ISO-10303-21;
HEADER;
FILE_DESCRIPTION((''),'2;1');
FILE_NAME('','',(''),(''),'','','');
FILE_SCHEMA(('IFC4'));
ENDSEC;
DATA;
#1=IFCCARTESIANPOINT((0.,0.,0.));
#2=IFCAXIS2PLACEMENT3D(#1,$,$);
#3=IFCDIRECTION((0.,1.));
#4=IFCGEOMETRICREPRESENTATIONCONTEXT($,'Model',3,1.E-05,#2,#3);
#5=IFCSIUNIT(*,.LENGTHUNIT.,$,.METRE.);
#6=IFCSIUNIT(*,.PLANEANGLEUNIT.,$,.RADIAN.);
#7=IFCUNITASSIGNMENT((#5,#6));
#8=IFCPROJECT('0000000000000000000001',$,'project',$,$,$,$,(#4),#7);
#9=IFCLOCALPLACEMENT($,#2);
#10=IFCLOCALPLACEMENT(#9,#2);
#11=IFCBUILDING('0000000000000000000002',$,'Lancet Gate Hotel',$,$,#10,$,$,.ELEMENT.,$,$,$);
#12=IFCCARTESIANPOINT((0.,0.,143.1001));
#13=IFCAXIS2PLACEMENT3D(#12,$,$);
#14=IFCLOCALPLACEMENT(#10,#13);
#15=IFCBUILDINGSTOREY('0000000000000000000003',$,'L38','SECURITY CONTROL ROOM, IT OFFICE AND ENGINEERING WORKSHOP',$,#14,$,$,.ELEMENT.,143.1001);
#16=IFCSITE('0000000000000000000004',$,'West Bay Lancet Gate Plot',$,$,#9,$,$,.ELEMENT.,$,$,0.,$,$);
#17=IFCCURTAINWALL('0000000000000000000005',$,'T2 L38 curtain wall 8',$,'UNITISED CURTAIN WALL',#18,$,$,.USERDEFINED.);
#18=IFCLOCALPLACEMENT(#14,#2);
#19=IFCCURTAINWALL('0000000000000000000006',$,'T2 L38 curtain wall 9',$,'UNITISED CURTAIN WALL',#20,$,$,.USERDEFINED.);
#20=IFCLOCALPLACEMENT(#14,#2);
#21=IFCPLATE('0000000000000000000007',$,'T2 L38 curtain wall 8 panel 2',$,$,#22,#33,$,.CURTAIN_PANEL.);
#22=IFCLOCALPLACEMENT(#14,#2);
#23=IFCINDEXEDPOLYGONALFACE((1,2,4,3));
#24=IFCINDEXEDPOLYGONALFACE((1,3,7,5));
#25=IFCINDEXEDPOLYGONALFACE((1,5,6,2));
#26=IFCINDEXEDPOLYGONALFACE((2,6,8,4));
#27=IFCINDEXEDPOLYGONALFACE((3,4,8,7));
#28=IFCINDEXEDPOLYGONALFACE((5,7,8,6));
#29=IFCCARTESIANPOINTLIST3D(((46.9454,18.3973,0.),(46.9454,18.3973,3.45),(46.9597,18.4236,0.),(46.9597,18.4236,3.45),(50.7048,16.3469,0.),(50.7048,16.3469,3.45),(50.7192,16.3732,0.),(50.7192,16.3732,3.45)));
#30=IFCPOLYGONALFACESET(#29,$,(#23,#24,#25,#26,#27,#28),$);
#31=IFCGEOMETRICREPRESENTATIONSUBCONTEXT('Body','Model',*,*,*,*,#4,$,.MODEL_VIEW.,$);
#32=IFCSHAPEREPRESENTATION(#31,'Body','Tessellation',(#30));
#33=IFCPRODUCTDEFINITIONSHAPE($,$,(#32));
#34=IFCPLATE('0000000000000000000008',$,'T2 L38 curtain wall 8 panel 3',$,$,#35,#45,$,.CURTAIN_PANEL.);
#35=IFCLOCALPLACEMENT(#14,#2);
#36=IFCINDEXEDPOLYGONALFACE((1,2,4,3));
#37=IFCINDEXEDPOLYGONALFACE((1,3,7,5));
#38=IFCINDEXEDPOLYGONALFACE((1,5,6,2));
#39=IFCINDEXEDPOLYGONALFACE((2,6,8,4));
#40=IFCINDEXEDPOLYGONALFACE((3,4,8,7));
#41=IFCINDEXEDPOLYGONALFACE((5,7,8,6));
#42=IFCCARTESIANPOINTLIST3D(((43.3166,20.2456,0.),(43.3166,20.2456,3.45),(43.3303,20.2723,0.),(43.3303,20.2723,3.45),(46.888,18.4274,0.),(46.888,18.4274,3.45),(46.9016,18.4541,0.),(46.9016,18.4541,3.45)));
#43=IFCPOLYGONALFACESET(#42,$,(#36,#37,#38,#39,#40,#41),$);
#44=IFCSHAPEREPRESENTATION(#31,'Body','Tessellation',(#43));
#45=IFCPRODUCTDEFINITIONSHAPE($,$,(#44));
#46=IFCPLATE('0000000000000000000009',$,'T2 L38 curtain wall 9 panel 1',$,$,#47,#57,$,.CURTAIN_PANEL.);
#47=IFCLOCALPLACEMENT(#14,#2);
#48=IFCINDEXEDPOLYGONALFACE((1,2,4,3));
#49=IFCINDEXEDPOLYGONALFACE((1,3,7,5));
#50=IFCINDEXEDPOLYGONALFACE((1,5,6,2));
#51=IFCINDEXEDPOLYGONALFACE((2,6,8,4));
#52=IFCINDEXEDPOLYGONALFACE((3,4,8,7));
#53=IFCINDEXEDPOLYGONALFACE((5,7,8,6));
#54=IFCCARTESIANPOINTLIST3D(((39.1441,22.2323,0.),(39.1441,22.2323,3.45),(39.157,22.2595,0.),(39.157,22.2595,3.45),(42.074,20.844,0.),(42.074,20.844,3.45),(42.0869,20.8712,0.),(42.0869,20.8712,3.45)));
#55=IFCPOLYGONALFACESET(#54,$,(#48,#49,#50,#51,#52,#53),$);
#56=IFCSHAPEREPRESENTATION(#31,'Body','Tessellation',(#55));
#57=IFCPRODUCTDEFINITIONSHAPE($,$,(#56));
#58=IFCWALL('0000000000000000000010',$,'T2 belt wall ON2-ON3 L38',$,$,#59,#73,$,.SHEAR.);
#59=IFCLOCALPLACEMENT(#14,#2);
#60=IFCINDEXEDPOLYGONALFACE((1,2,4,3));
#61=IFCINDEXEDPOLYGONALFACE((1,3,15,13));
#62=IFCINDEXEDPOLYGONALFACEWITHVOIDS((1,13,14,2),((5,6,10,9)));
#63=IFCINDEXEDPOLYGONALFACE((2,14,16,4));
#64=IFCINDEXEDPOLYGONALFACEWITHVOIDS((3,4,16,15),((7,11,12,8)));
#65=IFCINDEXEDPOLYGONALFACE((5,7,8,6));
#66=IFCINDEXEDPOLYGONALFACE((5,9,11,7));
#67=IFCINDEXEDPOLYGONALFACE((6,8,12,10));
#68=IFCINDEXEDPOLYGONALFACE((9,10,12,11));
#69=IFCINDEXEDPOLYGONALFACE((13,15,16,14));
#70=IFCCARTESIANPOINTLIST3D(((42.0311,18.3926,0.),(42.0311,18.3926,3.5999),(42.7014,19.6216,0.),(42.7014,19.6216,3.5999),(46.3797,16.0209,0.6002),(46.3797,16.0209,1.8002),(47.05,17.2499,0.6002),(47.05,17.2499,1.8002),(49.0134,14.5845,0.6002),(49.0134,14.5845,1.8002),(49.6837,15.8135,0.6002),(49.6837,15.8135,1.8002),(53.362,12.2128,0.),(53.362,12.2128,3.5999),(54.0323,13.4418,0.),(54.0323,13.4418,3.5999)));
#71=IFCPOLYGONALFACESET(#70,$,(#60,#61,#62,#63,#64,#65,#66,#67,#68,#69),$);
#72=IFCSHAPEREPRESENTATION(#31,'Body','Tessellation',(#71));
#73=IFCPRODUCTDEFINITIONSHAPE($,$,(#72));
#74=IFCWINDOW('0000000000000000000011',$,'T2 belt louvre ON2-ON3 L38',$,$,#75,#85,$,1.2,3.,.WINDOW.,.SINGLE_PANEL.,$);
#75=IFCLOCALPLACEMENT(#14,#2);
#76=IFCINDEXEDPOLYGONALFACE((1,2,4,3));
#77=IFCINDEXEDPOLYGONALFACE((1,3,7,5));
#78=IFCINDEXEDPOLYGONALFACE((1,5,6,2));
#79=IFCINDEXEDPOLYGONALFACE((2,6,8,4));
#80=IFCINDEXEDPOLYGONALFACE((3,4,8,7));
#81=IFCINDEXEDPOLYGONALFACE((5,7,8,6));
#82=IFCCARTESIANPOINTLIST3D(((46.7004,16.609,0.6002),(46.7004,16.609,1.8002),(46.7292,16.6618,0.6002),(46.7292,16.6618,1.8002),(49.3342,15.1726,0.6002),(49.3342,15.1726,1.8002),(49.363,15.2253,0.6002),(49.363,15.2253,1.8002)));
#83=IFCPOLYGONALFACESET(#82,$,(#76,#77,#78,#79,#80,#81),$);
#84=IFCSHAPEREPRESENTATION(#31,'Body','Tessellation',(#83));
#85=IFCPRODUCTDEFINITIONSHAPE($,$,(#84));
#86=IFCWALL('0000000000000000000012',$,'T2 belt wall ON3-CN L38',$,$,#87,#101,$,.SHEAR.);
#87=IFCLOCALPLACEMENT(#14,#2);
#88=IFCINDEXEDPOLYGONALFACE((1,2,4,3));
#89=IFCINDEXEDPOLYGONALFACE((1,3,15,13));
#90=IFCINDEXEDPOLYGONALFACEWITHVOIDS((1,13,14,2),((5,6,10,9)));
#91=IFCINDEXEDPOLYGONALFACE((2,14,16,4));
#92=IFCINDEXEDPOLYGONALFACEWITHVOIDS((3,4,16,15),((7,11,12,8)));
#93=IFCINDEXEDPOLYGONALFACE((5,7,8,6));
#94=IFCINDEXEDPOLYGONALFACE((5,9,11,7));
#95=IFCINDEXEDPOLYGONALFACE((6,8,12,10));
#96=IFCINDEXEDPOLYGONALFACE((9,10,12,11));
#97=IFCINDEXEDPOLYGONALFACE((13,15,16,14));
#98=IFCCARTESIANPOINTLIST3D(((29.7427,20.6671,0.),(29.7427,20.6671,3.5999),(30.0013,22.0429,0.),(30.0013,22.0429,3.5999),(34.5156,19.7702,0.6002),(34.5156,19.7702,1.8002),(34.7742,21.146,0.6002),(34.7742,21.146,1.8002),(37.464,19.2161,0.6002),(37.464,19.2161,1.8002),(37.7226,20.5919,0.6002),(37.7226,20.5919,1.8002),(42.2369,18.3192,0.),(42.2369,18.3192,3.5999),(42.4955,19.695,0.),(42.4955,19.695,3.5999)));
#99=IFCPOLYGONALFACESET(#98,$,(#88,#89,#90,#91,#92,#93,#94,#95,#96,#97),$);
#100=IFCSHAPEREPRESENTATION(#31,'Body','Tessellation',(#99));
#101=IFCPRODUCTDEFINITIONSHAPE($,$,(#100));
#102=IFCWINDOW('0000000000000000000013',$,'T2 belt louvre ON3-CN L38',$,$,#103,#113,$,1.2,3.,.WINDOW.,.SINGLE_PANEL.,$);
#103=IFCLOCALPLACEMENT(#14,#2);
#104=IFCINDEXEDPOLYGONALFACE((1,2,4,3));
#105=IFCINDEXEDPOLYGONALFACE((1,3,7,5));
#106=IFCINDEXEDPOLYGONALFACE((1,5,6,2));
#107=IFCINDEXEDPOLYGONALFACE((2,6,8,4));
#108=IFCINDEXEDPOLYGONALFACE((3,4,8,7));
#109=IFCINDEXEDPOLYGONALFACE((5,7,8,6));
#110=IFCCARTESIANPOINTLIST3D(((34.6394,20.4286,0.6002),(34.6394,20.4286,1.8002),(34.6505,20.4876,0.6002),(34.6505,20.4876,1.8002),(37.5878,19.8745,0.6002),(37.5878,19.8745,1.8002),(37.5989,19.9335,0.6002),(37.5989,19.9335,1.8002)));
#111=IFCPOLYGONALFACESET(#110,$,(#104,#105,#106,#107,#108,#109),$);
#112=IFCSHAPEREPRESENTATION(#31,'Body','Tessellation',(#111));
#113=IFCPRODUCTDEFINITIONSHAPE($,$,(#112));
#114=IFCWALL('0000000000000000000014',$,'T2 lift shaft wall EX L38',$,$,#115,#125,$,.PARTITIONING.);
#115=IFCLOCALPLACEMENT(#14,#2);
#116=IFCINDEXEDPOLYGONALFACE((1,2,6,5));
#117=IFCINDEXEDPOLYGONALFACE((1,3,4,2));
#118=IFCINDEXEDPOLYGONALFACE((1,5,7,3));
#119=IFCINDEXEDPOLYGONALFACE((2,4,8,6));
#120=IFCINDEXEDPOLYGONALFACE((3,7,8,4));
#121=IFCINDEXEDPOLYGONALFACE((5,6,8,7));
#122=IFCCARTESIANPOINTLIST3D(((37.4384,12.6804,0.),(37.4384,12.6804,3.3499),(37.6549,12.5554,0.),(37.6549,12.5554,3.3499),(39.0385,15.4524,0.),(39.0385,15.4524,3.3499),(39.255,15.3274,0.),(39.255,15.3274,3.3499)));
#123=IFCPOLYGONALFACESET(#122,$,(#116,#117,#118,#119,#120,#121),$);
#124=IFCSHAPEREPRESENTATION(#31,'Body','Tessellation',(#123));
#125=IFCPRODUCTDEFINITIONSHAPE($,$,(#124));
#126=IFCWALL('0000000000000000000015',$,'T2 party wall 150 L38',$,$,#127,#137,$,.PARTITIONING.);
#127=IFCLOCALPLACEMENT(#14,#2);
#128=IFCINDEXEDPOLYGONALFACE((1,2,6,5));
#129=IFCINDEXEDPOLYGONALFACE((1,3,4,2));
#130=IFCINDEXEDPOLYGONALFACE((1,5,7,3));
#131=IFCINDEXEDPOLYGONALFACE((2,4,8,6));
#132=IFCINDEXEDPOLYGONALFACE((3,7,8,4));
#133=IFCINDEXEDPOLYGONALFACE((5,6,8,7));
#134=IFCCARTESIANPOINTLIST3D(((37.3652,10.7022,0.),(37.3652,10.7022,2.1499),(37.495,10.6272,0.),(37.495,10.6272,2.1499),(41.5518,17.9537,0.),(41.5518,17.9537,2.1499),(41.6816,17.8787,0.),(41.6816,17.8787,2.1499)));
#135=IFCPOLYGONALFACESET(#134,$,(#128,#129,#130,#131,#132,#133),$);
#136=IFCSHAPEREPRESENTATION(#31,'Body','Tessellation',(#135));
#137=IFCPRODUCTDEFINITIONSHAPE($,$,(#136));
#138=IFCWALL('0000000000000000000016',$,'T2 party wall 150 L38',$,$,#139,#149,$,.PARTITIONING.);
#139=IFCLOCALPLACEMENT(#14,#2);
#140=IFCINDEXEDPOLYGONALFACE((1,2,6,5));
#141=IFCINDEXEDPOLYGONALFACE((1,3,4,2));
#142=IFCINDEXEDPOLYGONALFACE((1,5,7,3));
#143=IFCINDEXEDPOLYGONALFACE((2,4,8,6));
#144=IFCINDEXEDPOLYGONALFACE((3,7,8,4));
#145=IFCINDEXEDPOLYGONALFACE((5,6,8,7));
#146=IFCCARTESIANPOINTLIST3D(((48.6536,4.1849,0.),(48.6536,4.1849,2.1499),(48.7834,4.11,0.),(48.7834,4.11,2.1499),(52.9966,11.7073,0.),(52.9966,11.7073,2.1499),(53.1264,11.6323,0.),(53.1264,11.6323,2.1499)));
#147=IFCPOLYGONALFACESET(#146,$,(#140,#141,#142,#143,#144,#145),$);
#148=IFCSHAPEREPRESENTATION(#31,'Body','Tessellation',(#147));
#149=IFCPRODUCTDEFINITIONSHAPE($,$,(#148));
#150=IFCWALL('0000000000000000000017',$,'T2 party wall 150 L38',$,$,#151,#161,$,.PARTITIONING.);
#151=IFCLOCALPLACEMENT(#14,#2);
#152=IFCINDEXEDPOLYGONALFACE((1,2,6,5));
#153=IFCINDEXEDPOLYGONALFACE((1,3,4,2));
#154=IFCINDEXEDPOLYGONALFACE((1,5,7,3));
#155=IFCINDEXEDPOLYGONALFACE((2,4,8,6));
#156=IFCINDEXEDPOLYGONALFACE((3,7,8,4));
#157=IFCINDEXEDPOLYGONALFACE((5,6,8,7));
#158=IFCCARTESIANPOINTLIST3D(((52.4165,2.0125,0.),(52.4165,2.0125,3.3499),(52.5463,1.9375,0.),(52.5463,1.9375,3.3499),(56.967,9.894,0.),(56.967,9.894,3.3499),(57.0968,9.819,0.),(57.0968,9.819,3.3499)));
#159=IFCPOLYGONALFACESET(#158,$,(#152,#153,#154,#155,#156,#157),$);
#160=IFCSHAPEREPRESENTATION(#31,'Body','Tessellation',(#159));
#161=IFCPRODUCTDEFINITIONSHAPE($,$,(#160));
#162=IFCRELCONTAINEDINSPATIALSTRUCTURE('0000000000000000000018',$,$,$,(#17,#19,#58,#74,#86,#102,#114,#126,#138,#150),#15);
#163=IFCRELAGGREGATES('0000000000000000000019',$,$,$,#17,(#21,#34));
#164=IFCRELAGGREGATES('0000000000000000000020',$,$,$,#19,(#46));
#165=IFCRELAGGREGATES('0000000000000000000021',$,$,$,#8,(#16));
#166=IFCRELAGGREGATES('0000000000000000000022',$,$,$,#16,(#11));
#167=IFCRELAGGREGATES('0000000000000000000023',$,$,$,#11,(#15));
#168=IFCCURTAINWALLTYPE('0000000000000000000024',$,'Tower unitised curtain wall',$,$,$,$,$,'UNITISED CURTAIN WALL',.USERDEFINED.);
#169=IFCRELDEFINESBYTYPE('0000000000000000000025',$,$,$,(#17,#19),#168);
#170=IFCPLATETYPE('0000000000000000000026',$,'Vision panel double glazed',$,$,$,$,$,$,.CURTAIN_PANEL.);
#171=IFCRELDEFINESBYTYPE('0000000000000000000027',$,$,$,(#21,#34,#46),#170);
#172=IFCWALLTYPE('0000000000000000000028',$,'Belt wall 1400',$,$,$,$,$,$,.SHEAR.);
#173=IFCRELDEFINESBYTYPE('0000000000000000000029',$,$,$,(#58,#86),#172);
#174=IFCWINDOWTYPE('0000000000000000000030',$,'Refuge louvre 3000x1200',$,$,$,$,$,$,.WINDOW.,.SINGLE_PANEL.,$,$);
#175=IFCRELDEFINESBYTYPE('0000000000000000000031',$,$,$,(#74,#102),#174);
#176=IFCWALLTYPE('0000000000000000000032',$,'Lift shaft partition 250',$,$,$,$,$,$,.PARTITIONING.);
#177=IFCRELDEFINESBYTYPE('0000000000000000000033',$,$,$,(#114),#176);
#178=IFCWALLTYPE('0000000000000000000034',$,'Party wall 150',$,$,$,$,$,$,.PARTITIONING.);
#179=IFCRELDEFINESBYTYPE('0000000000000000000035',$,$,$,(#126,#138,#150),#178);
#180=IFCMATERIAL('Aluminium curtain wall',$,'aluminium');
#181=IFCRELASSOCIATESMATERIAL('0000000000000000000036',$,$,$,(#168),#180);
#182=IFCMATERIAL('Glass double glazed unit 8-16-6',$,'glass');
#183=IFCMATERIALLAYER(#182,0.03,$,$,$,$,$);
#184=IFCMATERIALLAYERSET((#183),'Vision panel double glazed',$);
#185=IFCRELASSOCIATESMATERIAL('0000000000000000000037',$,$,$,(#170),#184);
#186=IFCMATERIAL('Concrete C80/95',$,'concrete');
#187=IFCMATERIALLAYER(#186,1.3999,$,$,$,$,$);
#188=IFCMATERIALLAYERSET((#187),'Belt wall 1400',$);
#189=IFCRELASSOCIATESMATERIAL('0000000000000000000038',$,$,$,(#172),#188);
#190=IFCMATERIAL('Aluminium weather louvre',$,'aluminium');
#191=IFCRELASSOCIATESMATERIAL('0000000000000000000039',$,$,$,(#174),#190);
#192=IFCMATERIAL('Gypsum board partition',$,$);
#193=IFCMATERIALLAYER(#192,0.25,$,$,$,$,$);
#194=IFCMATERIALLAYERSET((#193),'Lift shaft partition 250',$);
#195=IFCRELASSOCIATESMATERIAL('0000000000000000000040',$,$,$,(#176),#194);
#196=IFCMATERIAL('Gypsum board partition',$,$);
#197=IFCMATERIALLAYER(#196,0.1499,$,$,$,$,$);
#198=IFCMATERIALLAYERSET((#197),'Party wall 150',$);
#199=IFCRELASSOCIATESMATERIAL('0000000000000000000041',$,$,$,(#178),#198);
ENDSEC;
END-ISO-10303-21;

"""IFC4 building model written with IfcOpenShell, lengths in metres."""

from ifc_helpers import new_model, si_unit, direction, frame, frame_2d, origin, origin_2d, place, context, subcontext, project, spatial, rectangle, extrude, material, layer, layer_set, type_object, element, fill, aggregate, save


model = new_model("IFC4")

# Units and contexts
model_context = context("Model", 3, precision=1e-05, world=origin(), true_north=direction((0.0, 1.0)))
body_context = subcontext(model_context, "Body", "Model", "MODEL_VIEW")
ifc_project = project(units=[si_unit("LENGTHUNIT", "METRE"), si_unit("PLANEANGLEUNIT", "RADIAN")], contexts=[model_context])

# Site, building, storey
site_placement = place(None, origin())
site = spatial("IfcSite", under=ifc_project, at=site_placement, Name="West Bay Lancet Gate Plot", CompositionType="ELEMENT", RefElevation=0.0)
building_placement = place(site_placement, origin())
building = spatial("IfcBuilding", under=site, at=building_placement, Name="Lancet Gate Hotel", CompositionType="ELEMENT")
storey_placement = place(building_placement, frame((0.0, 0.0, 143.1001)))
storey = spatial("IfcBuildingStorey", under=building, at=storey_placement, Name="L38", Description="SECURITY CONTROL ROOM, IT OFFICE AND ENGINEERING WORKSHOP", CompositionType="ELEMENT", Elevation=143.1001)

# Curtain walls
ifc_material_1 = material(Name="Aluminium curtain wall", Category="aluminium")
curtain_wall_type = type_object("IfcCurtainWallType", Name="Tower unitised curtain wall", ElementType="UNITISED CURTAIN WALL", PredefinedType="USERDEFINED", material=ifc_material_1)
curtain_wall_1_placement = place(storey_placement, origin())
curtain_wall_1 = element("IfcCurtainWall", 1, at=curtain_wall_1_placement, inside=storey, type_object=curtain_wall_type, Name="T2 L38 curtain wall 8", ObjectType="UNITISED CURTAIN WALL", PredefinedType="USERDEFINED")
curtain_wall_2_placement = place(storey_placement, origin())
curtain_wall_2 = element("IfcCurtainWall", 2, at=curtain_wall_2_placement, inside=storey, type_object=curtain_wall_type, Name="T2 L38 curtain wall 9", ObjectType="UNITISED CURTAIN WALL", PredefinedType="USERDEFINED")

# Plates
ifc_material_2 = material(Name="Glass double glazed unit 8-16-6", Category="glass")
ifc_layer_1 = layer(ifc_material_2, 0.03)
ifc_layer_set_1 = layer_set([ifc_layer_1], Name="Vision panel double glazed")
plate_type = type_object("IfcPlateType", Name="Vision panel double glazed", PredefinedType="CURTAIN_PANEL", material=ifc_layer_set_1)
plate_1_placement = place(storey_placement, frame((48.8323, 17.3853, 0.0), z_axis=(0.0, 0.0, 1.0), x_axis=(-0.877916, 0.478814, 0.0)))
plate_1 = element("IfcPlate", 3, at=plate_1_placement, type_object=plate_type, Name="T2 L38 curtain wall 8 panel 2", PredefinedType="CURTAIN_PANEL", context=body_context, shape_type="SweptSolid", body=[
    extrude(rectangle(XDim=4.2822, YDim=0.03, at=origin_2d()), origin(), (0.0, 0.0, 1.0), 3.45),
])
plate_2_placement = place(storey_placement, frame((45.1091, 19.3499, 0.0), z_axis=(0.0, 0.0, 1.0), x_axis=(-0.891159, 0.45369, 0.0)))
plate_2 = element("IfcPlate", 4, at=plate_2_placement, type_object=plate_type, Name="T2 L38 curtain wall 8 panel 3", PredefinedType="CURTAIN_PANEL", context=body_context, shape_type="SweptSolid", body=[
    extrude(rectangle(XDim=4.0076, YDim=0.03, at=origin_2d()), origin(), (0.0, 0.0, 1.0), 3.45),
])
aggregate(curtain_wall_1, [plate_1, plate_2])
plate_3_placement = place(storey_placement, frame((40.6155, 21.5518, 0.0), z_axis=(0.0, 0.0, 1.0), x_axis=(-0.903683, 0.428201, 0.0)))
plate_3 = element("IfcPlate", 5, at=plate_3_placement, type_object=plate_type, Name="T2 L38 curtain wall 9 panel 1", PredefinedType="CURTAIN_PANEL", context=body_context, shape_type="SweptSolid", body=[
    extrude(rectangle(XDim=3.2422, YDim=0.03, at=origin_2d()), origin(), (0.0, 0.0, 1.0), 3.45),
])
aggregate(curtain_wall_2, [plate_3])

# Walls, openings, windows
ifc_material_3 = material(Name="Concrete C80/95", Category="concrete")
ifc_layer_2 = layer(ifc_material_3, 1.3999)
ifc_layer_set_2 = layer_set([ifc_layer_2], Name="Belt wall 1400")
wall_type_1 = type_object("IfcWallType", Name="Belt wall 1400", PredefinedType="SHEAR", material=ifc_layer_set_2)
wall_1_placement = place(storey_placement, frame((53.697, 12.8274, 0.0), z_axis=(0.0, 0.0, 1.0), x_axis=(-0.87792, 0.478807, 0.0)))
wall_1 = element("IfcWall", 6, at=wall_1_placement, inside=storey, type_object=wall_type_1, Name="T2 belt wall ON2-ON3 L38", PredefinedType="SHEAR", context=body_context, shape_type="SweptSolid", body=[
    extrude(rectangle(XDim=12.9065, YDim=1.3999, at=frame_2d((6.4531, 0.0))), origin(), (0.0, 0.0, 1.0), 3.5999),
])
opening_1_placement = place(wall_1_placement, frame((4.9531, 0.0, 0.6001)))
opening_1 = element("IfcOpeningElement", 7, at=opening_1_placement, cuts=wall_1, PredefinedType="OPENING", context=body_context, shape_type="SweptSolid", body=[
    extrude(rectangle(XDim=3.0, YDim=1.2, at=frame_2d((1.5, 0.6001))), frame((0.0, 0.71, 0.0), z_axis=(0.0, -1.0, 0.0), x_axis=(1.0, 0.0, 0.0)), (0.0, 0.0, 1.0), 1.4199),
])
ifc_material_4 = material(Name="Aluminium weather louvre", Category="aluminium")
window_type = type_object("IfcWindowType", Name="Refuge louvre 3000x1200", PartitioningType="SINGLE_PANEL", PredefinedType="WINDOW", material=ifc_material_4)
window_1_placement = place(opening_1_placement, origin())
window_1 = element("IfcWindow", 8, at=window_1_placement, inside=storey, type_object=window_type, Name="T2 belt louvre ON2-ON3 L38", OverallHeight=1.2, OverallWidth=3.0, PartitioningType="SINGLE_PANEL", PredefinedType="WINDOW", context=body_context, shape_type="SweptSolid", body=[
    extrude(rectangle(XDim=3.0, YDim=1.2, at=frame_2d((1.5, 0.6001))), frame((0.0, 0.03, 0.0), z_axis=(0.0, -1.0, 0.0), x_axis=(1.0, 0.0, 0.0)), (0.0, 0.0, 1.0), 0.0601),
])
fill(opening_1, window_1)
wall_2_placement = place(storey_placement, frame((42.3662, 19.0071, 0.0), z_axis=(0.0, 0.0, 1.0), x_axis=(-0.982797, 0.184687, 0.0)))
wall_2 = element("IfcWall", 9, at=wall_2_placement, inside=storey, type_object=wall_type_1, Name="T2 belt wall ON3-CN L38", PredefinedType="SHEAR", context=body_context, shape_type="SweptSolid", body=[
    extrude(rectangle(XDim=12.7129, YDim=1.3999, at=frame_2d((6.3564, 0.0))), origin(), (0.0, 0.0, 1.0), 3.5999),
])
opening_2_placement = place(wall_2_placement, frame((4.8564, 0.0, 0.6001)))
opening_2 = element("IfcOpeningElement", 10, at=opening_2_placement, cuts=wall_2, PredefinedType="OPENING", context=body_context, shape_type="SweptSolid", body=[
    extrude(rectangle(XDim=3.0, YDim=1.2, at=frame_2d((1.5, 0.6001))), frame((0.0, 0.71, 0.0), z_axis=(0.0, -1.0, 0.0), x_axis=(1.0, 0.0, 0.0)), (0.0, 0.0, 1.0), 1.4199),
])
window_2_placement = place(opening_2_placement, origin())
window_2 = element("IfcWindow", 11, at=window_2_placement, inside=storey, type_object=window_type, Name="T2 belt louvre ON3-CN L38", OverallHeight=1.2, OverallWidth=3.0, PartitioningType="SINGLE_PANEL", PredefinedType="WINDOW", context=body_context, shape_type="SweptSolid", body=[
    extrude(rectangle(XDim=3.0, YDim=1.2, at=frame_2d((1.5, 0.6001))), frame((0.0, 0.03, 0.0), z_axis=(0.0, -1.0, 0.0), x_axis=(1.0, 0.0, 0.0)), (0.0, 0.0, 1.0), 0.0601),
])
fill(opening_2, window_2)

# Walls
ifc_material_5 = material(Name="Gypsum board partition")
ifc_layer_3 = layer(ifc_material_5, 0.25)
ifc_layer_set_3 = layer_set([ifc_layer_3], Name="Lift shaft partition 250")
wall_type_2 = type_object("IfcWallType", Name="Lift shaft partition 250", PredefinedType="PARTITIONING", material=ifc_layer_set_3)
wall_3_placement = place(storey_placement, frame((37.5466, 12.6179, 0.0), z_axis=(0.0, 0.0, 1.0), x_axis=(0.499929, 0.866066, 0.0)))
element("IfcWall", 12, at=wall_3_placement, inside=storey, type_object=wall_type_2, Name="T2 lift shaft wall EX L38", PredefinedType="PARTITIONING", context=body_context, shape_type="SweptSolid", body=[
    extrude(rectangle(XDim=3.2007, YDim=0.25, at=frame_2d((1.6003, 0.0))), origin(), (0.0, 0.0, 1.0), 3.3499),
])
ifc_material_6 = material(Name="Gypsum board partition")
ifc_layer_4 = layer(ifc_material_6, 0.1499)
ifc_layer_set_4 = layer_set([ifc_layer_4], Name="Party wall 150")
wall_type_3 = type_object("IfcWallType", Name="Party wall 150", PredefinedType="PARTITIONING", material=ifc_layer_set_4)
wall_4_placement = place(storey_placement, frame((37.4302, 10.6648, 0.0), z_axis=(0.0, 0.0, 1.0), x_axis=(0.49999, 0.866031, 0.0)))
element("IfcWall", 13, at=wall_4_placement, inside=storey, type_object=wall_type_3, Name="T2 party wall 150 L38", PredefinedType="PARTITIONING", context=body_context, shape_type="SweptSolid", body=[
    extrude(rectangle(XDim=8.3733, YDim=0.1499, at=frame_2d((4.1865, 0.0))), origin(), (0.0, 0.0, 1.0), 2.1499),
])
wall_5_placement = place(storey_placement, frame((48.7185, 4.1475, 0.0), z_axis=(0.0, 0.0, 1.0), x_axis=(0.499993, 0.866029, 0.0)))
element("IfcWall", 14, at=wall_5_placement, inside=storey, type_object=wall_type_3, Name="T2 party wall 150 L38", PredefinedType="PARTITIONING", context=body_context, shape_type="SweptSolid", body=[
    extrude(rectangle(XDim=8.686, YDim=0.1499, at=frame_2d((4.343, 0.0))), origin(), (0.0, 0.0, 1.0), 2.1499),
])
wall_6_placement = place(storey_placement, frame((52.4814, 1.9751, 0.0), z_axis=(0.0, 0.0, 1.0), x_axis=(0.500008, 0.866021, 0.0)))
element("IfcWall", 15, at=wall_6_placement, inside=storey, type_object=wall_type_3, Name="T2 party wall 150 L38", PredefinedType="PARTITIONING", context=body_context, shape_type="SweptSolid", body=[
    extrude(rectangle(XDim=9.1008, YDim=0.1499, at=frame_2d((4.5503, 0.0))), origin(), (0.0, 0.0, 1.0), 3.3499),
])

save(model, "model.ifc")
